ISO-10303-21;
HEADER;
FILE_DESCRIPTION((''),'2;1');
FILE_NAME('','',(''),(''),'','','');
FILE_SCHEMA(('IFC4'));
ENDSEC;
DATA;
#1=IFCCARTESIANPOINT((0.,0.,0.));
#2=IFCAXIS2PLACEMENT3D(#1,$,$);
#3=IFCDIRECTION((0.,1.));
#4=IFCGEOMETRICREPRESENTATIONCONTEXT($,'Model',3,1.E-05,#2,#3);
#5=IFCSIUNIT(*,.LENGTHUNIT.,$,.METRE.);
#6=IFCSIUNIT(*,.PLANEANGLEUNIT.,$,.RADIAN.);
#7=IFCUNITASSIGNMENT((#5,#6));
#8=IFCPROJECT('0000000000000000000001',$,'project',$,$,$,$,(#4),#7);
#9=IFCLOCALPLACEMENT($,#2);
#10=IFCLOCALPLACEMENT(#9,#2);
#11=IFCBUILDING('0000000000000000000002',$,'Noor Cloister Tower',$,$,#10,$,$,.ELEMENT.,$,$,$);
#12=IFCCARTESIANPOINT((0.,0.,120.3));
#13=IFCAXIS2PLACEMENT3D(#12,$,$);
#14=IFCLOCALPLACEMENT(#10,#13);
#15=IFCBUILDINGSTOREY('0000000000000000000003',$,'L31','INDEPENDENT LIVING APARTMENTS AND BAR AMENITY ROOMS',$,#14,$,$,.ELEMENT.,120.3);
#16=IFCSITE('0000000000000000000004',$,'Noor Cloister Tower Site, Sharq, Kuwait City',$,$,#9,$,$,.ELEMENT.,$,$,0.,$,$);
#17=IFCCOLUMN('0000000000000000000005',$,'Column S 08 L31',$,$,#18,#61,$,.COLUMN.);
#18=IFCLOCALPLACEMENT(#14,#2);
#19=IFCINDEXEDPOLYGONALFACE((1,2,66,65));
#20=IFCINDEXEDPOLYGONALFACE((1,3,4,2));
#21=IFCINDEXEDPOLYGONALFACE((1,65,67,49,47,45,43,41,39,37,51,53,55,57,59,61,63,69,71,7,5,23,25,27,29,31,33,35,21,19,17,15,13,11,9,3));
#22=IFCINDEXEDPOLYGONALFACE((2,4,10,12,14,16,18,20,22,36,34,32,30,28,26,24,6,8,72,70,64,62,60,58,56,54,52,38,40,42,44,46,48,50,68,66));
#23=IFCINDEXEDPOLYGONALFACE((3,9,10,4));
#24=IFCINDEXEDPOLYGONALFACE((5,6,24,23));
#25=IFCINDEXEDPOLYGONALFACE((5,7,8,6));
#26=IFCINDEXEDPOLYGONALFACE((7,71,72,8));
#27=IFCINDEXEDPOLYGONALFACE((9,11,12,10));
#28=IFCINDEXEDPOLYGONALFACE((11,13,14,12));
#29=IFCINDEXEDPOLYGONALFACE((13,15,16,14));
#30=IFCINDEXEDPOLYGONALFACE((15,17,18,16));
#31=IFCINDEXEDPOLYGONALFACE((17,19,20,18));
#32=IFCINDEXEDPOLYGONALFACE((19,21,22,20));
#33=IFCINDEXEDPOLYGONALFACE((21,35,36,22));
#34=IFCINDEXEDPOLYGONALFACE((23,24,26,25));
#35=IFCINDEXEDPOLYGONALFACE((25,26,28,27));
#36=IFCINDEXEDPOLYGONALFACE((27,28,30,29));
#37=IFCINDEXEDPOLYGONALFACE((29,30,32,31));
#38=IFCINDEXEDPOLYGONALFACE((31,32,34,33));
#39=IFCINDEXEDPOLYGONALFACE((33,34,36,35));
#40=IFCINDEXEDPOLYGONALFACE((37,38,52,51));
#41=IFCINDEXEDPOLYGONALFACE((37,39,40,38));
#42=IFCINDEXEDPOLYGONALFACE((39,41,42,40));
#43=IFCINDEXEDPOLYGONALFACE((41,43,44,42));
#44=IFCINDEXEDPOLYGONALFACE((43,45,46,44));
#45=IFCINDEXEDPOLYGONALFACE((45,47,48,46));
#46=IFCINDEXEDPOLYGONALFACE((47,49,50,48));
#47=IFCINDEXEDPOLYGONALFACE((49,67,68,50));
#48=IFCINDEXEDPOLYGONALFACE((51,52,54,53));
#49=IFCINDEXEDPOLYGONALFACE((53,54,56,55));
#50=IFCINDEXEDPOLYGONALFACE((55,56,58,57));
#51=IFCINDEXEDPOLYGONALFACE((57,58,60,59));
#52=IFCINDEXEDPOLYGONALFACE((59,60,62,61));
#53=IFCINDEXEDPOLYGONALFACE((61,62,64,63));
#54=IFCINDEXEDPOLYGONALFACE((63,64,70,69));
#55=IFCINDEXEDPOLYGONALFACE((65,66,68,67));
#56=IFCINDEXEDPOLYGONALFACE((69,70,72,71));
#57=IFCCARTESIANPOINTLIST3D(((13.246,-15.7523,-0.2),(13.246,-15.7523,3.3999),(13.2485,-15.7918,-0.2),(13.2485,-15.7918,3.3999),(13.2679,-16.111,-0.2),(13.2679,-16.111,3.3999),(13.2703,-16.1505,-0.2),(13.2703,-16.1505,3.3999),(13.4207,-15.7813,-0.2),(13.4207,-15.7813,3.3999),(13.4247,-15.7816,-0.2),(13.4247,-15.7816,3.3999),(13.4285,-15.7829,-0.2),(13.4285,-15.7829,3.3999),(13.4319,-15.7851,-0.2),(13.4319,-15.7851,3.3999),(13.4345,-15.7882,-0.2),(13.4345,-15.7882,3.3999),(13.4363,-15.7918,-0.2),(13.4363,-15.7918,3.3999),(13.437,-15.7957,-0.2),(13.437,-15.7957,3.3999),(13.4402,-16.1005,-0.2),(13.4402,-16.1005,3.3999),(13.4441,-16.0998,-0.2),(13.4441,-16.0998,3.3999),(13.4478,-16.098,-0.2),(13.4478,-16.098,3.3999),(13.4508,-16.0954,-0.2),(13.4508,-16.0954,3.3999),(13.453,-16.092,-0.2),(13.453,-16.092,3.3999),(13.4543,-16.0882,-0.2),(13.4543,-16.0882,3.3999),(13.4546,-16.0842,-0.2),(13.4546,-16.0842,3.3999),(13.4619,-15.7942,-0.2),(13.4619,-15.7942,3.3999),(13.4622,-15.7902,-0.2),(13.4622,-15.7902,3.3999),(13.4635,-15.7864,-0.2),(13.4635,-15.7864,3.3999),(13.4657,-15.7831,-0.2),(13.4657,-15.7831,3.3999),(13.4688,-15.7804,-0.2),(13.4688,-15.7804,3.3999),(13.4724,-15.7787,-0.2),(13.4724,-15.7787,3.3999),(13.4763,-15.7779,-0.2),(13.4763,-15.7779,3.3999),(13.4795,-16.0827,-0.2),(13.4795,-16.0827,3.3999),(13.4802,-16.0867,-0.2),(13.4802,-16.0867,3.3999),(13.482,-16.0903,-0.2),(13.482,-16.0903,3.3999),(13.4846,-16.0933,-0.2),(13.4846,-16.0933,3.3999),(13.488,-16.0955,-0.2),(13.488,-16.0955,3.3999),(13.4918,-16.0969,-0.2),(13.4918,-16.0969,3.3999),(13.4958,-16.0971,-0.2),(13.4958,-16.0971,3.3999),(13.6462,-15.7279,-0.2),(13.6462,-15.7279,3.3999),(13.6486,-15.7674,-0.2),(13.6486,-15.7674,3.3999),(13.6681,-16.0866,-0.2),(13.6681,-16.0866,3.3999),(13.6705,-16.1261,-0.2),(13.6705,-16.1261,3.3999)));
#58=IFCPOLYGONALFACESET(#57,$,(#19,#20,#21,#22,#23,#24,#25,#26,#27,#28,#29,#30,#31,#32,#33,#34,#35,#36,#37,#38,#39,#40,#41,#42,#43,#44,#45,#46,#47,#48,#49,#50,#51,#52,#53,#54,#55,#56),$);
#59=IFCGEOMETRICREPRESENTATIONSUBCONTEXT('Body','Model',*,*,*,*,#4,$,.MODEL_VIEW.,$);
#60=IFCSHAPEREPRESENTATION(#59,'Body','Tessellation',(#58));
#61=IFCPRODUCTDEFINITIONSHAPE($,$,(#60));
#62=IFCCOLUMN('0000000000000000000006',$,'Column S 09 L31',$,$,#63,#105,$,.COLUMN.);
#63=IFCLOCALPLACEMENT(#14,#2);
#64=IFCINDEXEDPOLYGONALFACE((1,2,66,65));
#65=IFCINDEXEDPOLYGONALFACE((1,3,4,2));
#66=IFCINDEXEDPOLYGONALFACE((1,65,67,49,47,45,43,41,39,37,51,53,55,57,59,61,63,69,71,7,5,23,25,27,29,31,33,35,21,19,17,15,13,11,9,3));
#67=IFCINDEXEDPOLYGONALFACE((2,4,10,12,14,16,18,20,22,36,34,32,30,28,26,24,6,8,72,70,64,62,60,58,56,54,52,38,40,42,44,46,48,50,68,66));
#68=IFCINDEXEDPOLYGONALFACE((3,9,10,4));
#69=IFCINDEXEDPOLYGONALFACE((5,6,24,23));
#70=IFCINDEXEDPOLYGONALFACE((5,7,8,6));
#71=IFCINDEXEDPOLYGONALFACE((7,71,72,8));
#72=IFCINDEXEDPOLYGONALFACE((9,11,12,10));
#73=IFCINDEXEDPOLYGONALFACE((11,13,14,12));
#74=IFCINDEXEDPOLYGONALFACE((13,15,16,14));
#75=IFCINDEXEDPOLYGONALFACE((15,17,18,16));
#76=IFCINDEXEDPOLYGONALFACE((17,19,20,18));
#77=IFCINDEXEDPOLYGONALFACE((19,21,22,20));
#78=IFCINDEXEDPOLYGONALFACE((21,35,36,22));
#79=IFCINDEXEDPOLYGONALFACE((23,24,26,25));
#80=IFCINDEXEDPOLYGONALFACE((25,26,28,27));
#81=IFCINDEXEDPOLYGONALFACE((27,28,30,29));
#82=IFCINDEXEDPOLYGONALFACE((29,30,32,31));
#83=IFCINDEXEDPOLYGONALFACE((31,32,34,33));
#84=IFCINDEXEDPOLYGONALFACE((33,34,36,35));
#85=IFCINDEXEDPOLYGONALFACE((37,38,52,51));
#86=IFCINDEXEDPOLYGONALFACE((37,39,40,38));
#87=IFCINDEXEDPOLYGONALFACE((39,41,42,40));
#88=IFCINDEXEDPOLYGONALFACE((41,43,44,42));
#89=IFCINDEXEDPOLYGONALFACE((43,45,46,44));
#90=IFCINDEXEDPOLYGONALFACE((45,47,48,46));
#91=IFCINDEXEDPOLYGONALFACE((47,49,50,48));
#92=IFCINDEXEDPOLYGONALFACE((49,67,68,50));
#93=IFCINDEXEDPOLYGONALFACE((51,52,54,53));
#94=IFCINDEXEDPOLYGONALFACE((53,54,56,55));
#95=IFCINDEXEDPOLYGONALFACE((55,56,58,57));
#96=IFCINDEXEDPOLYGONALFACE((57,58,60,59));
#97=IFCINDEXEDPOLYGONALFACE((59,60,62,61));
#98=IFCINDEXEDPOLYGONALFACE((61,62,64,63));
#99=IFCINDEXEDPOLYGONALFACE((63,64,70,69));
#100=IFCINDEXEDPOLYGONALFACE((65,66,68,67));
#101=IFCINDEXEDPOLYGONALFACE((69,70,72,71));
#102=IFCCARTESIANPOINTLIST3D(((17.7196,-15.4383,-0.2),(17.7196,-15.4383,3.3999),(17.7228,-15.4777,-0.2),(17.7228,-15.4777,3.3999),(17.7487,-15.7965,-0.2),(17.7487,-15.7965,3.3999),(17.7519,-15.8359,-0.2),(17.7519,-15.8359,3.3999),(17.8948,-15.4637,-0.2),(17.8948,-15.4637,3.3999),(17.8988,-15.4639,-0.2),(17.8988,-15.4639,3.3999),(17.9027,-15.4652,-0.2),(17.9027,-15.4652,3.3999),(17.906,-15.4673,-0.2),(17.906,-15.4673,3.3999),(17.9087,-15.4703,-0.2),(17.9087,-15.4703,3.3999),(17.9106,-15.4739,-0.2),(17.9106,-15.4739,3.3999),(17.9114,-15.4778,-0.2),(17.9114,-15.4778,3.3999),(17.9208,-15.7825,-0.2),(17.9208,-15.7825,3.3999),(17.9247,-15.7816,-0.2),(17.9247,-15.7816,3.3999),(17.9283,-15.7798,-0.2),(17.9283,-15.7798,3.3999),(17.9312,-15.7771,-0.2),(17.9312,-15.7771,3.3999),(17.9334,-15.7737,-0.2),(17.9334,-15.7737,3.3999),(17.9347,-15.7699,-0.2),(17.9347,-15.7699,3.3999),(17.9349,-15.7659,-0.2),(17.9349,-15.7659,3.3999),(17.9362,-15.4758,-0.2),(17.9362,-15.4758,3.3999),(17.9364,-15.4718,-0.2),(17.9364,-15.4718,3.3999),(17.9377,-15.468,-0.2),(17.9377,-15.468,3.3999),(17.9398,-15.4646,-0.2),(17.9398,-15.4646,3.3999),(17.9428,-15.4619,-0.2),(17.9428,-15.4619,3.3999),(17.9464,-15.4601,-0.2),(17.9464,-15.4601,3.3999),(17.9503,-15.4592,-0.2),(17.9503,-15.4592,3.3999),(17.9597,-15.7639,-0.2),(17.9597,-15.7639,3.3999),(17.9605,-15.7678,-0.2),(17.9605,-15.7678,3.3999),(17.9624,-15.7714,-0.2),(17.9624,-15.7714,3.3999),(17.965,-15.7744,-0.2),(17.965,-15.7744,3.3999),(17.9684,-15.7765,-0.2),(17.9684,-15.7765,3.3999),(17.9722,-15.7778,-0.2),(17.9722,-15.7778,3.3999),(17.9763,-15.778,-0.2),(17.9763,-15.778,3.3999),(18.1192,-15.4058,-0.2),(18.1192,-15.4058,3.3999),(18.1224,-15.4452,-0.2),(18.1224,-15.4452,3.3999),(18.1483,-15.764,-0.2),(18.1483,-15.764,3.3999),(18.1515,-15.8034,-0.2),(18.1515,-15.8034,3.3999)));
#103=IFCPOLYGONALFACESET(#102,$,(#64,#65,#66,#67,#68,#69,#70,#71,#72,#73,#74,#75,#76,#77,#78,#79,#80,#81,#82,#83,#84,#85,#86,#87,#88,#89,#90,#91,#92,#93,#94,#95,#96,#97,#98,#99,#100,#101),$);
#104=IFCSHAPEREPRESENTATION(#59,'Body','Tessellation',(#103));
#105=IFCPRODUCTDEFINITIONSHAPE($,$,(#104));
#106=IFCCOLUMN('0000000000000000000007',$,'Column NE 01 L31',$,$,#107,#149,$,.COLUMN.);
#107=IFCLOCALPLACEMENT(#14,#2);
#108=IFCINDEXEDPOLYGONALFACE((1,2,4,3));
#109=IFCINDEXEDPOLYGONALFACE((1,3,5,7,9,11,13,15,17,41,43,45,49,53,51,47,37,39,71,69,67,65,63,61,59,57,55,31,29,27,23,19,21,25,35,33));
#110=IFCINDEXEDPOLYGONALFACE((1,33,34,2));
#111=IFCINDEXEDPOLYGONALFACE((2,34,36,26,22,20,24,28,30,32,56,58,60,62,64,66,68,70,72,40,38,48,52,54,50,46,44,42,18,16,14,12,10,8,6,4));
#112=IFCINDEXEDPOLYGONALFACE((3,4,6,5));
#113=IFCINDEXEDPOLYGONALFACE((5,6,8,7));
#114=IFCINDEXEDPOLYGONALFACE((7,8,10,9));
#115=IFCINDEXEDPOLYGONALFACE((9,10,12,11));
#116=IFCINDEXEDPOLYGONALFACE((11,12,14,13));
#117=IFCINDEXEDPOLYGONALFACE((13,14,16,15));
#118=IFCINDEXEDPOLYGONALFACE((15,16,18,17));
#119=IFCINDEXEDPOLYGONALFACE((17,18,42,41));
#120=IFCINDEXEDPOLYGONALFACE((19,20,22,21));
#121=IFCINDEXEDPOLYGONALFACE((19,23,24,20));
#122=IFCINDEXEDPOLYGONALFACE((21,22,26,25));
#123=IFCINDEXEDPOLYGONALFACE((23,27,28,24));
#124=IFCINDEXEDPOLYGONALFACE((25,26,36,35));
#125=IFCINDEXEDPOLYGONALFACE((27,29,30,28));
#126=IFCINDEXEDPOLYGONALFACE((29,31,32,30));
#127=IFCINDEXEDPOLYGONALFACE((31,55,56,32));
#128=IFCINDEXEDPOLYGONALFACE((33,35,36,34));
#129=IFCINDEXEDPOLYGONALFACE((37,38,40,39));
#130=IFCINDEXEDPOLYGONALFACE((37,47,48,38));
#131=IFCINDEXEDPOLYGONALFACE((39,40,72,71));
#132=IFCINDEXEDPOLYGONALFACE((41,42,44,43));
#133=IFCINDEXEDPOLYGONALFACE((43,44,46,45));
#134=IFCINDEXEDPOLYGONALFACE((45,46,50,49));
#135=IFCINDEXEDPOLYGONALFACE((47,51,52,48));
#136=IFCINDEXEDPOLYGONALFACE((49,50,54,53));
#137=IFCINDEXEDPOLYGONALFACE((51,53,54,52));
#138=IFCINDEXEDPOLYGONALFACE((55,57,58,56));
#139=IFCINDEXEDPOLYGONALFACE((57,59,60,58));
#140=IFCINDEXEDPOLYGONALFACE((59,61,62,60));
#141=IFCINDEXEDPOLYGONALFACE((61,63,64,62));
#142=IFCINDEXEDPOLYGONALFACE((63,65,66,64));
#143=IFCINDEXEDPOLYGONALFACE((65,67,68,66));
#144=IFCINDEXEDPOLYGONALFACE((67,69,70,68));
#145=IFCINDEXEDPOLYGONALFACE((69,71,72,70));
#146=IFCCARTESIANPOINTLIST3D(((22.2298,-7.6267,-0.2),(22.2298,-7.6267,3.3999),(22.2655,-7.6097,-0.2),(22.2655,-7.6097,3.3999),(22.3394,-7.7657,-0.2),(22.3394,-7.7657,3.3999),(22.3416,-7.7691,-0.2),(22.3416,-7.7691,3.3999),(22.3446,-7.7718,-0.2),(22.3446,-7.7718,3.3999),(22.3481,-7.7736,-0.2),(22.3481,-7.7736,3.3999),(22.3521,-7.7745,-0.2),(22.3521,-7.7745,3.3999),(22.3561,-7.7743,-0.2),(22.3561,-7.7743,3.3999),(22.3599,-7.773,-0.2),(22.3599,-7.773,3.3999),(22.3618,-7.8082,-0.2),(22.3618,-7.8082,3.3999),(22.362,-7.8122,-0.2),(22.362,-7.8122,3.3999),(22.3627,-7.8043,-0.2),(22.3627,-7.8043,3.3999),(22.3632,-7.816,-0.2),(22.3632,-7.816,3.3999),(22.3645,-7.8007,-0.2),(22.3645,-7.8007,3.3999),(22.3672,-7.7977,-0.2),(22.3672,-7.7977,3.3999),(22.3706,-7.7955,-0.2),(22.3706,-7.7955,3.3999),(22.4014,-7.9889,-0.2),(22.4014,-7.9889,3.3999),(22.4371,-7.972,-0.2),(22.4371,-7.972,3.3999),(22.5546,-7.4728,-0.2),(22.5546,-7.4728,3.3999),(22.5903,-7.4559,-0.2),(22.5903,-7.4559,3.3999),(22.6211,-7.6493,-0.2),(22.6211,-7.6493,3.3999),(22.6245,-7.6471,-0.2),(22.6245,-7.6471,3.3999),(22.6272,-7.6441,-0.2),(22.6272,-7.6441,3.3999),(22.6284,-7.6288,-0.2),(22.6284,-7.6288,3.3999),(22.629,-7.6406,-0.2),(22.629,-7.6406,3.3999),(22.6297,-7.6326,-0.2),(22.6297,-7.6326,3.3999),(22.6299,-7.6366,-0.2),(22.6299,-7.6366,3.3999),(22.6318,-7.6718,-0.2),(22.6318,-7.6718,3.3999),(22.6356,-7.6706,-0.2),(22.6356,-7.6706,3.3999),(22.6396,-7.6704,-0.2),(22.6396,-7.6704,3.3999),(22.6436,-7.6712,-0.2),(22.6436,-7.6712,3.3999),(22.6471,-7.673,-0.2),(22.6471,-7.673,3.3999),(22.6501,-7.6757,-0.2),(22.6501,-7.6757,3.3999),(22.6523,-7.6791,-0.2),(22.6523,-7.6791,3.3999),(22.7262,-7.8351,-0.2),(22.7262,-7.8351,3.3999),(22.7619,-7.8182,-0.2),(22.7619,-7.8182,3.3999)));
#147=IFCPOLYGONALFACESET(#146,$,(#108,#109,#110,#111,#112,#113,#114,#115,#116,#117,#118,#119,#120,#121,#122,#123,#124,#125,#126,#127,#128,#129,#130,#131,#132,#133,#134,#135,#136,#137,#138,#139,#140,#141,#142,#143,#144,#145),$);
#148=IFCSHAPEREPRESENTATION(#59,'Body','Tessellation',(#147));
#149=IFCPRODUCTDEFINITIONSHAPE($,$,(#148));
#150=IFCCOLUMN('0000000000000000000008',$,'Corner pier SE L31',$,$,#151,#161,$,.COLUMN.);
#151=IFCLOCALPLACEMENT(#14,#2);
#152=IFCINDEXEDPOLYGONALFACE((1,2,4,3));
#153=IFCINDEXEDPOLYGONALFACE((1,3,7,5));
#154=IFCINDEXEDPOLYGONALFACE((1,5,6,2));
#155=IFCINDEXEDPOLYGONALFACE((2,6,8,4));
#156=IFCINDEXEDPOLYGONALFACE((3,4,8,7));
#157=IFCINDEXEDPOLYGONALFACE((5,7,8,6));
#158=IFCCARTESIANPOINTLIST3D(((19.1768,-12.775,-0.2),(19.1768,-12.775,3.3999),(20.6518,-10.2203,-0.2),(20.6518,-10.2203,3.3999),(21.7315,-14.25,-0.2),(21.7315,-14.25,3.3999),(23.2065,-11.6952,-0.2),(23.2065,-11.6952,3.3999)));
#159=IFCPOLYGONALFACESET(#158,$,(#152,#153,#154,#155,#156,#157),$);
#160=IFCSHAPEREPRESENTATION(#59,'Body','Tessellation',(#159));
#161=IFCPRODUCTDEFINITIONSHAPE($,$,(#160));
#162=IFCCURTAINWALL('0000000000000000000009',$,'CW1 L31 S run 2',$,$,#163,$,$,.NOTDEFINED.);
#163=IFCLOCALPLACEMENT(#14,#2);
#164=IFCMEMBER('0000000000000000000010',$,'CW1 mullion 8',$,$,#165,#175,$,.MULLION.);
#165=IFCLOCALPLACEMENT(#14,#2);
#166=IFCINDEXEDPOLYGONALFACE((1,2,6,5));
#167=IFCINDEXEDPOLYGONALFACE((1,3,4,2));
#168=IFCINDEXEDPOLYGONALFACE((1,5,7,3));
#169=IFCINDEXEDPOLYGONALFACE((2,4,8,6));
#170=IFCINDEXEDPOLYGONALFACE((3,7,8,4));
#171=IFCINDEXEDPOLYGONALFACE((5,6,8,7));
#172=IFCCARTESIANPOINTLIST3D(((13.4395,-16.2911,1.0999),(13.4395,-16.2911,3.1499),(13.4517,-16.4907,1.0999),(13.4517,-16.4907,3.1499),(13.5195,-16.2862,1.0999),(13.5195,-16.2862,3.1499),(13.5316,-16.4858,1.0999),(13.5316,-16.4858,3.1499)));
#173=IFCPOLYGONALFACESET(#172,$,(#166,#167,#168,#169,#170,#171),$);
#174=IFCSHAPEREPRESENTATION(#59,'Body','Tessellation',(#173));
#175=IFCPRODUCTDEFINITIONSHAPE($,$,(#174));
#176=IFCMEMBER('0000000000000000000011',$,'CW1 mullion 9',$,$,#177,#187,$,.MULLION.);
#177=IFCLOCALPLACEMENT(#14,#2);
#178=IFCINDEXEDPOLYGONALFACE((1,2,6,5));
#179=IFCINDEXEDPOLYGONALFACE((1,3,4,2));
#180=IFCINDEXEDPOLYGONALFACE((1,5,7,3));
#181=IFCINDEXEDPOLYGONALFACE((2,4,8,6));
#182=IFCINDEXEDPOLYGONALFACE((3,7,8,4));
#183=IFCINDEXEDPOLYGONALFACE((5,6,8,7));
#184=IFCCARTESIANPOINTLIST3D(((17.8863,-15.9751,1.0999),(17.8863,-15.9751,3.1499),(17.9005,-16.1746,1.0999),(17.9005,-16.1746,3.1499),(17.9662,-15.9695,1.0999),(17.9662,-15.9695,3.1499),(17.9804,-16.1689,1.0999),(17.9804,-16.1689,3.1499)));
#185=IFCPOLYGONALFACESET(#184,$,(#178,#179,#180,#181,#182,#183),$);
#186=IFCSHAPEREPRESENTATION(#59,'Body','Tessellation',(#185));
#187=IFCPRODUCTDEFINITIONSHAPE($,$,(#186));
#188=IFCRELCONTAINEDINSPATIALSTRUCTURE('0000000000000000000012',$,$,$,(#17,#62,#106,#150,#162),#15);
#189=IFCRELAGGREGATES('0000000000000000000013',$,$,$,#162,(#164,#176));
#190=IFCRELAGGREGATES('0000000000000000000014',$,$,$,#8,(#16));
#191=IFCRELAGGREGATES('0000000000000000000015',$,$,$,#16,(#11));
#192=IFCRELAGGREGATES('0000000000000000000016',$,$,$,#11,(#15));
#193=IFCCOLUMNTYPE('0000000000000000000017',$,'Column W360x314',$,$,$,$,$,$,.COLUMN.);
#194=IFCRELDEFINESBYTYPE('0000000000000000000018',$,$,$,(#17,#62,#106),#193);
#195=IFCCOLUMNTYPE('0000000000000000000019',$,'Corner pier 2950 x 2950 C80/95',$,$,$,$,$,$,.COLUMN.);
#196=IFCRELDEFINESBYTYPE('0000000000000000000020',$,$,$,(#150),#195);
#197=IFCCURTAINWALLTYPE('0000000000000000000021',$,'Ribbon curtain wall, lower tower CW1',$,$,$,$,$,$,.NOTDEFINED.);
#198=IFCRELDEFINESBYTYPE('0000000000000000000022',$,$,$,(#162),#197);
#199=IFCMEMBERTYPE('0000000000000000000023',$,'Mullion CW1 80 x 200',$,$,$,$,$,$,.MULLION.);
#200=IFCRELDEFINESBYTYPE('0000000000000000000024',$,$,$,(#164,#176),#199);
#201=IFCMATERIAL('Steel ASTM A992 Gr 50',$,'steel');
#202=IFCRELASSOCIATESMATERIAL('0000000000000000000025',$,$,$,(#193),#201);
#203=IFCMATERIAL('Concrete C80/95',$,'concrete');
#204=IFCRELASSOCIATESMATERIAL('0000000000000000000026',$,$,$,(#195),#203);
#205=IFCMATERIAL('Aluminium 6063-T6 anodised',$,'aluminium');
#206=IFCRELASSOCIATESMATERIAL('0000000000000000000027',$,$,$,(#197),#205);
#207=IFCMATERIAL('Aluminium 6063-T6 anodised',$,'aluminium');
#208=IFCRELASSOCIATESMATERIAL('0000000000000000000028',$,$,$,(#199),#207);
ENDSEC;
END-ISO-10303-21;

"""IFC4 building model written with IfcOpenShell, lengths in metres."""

from ifc_helpers import new_model, si_unit, direction, frame, origin, origin_2d, place, context, subcontext, project, spatial, rectangle, i_section, extrude, material, material_profile, profile_set, type_object, element, aggregate, save


model = new_model("IFC4")

# Units and contexts
model_context = context("Model", 3, precision=1e-05, world=origin(), true_north=direction((0.0, 1.0)))
body_context = subcontext(model_context, "Body", "Model", "MODEL_VIEW")
ifc_project = project(units=[si_unit("LENGTHUNIT", "METRE"), si_unit("PLANEANGLEUNIT", "RADIAN")], contexts=[model_context])

# Site, building, storey
site_placement = place(None, origin())
site = spatial("IfcSite", under=ifc_project, at=site_placement, Name="Noor Cloister Tower Site, Sharq, Kuwait City", CompositionType="ELEMENT", RefElevation=0.0)
building_placement = place(site_placement, origin())
building = spatial("IfcBuilding", under=site, at=building_placement, Name="Noor Cloister Tower", CompositionType="ELEMENT")
storey_placement = place(building_placement, frame((0.0, 0.0, 120.3)))
storey = spatial("IfcBuildingStorey", under=building, at=storey_placement, Name="L31", Description="INDEPENDENT LIVING APARTMENTS AND BAR AMENITY ROOMS", CompositionType="ELEMENT", Elevation=120.3)

# Columns
ifc_material_1 = material(Name="Steel ASTM A992 Gr 50", Category="steel")
ifc_material_profile_1 = material_profile(ifc_material_1, i_section(OverallWidth=0.4009, OverallDepth=0.3989, WebThickness=0.0249, FlangeThickness=0.0396, FilletRadius=0.0154, at=origin_2d()), Name="W360x314")
ifc_profile_set_1 = profile_set([ifc_material_profile_1], Name="Steel ASTM A992 Gr 50")
column_type_1 = type_object("IfcColumnType", Name="Column W360x314", PredefinedType="COLUMN", material=ifc_profile_set_1)
for number, where, z_axis, x_axis, name in (
    (1, (13.4583, -15.9392, -0.2), (0.0, 0.0, 1.0), (0.998147, 0.060847, 0.0), "Column S 08 L31"),
    (2, (17.9355, -15.6208, -0.2), (0.0, 0.0, 1.0), (0.996707, 0.08109, 0.0), "Column S 09 L31"),
    (3, (22.4958, -7.7224, -0.2), (0.0, 0.0, 1.0), (-0.428127, 0.903718, 0.0), "Column NE 01 L31"),
):
    element("IfcColumn", number, at=place(storey_placement, frame(where, z_axis=z_axis, x_axis=x_axis)), inside=storey, type_object=column_type_1, Name=name, PredefinedType="COLUMN", context=body_context, shape_type="SweptSolid", body=[
        extrude(i_section(OverallWidth=0.4009, OverallDepth=0.3989, WebThickness=0.0249, FlangeThickness=0.0396, FilletRadius=0.0154, at=origin_2d()), origin(), (0.0, 0.0, 1.0), 3.5999),
    ])
ifc_material_2 = material(Name="Concrete C80/95", Category="concrete")
ifc_material_profile_2 = material_profile(ifc_material_2, rectangle(XDim=2.95, YDim=2.95, at=origin_2d()), Name="RC 2950x2950")
ifc_profile_set_2 = profile_set([ifc_material_profile_2], Name="Concrete C80/95")
column_type_2 = type_object("IfcColumnType", Name="Corner pier 2950 x 2950 C80/95", PredefinedType="COLUMN", material=ifc_profile_set_2)
column_placement = place(storey_placement, frame((21.1917, -12.2351, -0.2), z_axis=(0.0, 0.0, 1.0), x_axis=(0.866025, -0.5, 0.0)))
element("IfcColumn", 4, at=column_placement, inside=storey, type_object=column_type_2, Name="Corner pier SE L31", PredefinedType="COLUMN", context=body_context, shape_type="SweptSolid", body=[
    extrude(rectangle(XDim=2.95, YDim=2.95, at=origin_2d()), origin(), (0.0, 0.0, 1.0), 3.5999),
])

# Curtain wall, members
ifc_material_3 = material(Name="Aluminium 6063-T6 anodised", Category="aluminium")
curtain_wall_type = type_object("IfcCurtainWallType", Name="Ribbon curtain wall, lower tower CW1", PredefinedType="NOTDEFINED", material=ifc_material_3)
curtain_wall_placement = place(storey_placement, origin())
curtain_wall = element("IfcCurtainWall", 5, at=curtain_wall_placement, inside=storey, type_object=curtain_wall_type, Name="CW1 L31 S run 2", PredefinedType="NOTDEFINED")
ifc_material_4 = material(Name="Aluminium 6063-T6 anodised", Category="aluminium")
ifc_material_profile_3 = material_profile(ifc_material_4, rectangle(XDim=0.2, YDim=0.0801, at=origin_2d()), Name="200 x 80 mullion")
ifc_profile_set_3 = profile_set([ifc_material_profile_3], Name="Aluminium 6063-T6 anodised")
member_type = type_object("IfcMemberType", Name="Mullion CW1 80 x 200", PredefinedType="MULLION", material=ifc_profile_set_3)
member_1_placement = place(storey_placement, frame((13.4856, -16.3884, 1.0999), z_axis=(0.0, 0.0, 1.0), x_axis=(-0.060847, 0.998147, 0.0)))
member_1 = element("IfcMember", 6, at=member_1_placement, type_object=member_type, Name="CW1 mullion 8", PredefinedType="MULLION", context=body_context, shape_type="SweptSolid", body=[
    extrude(rectangle(XDim=0.2, YDim=0.0801, at=origin_2d()), origin(), (0.0, 0.0, 1.0), 2.05),
])
member_2_placement = place(storey_placement, frame((17.9333, -16.072, 1.0999), z_axis=(0.0, 0.0, 1.0), x_axis=(-0.070972, 0.997478, 0.0)))
member_2 = element("IfcMember", 7, at=member_2_placement, type_object=member_type, Name="CW1 mullion 9", PredefinedType="MULLION", context=body_context, shape_type="SweptSolid", body=[
    extrude(rectangle(XDim=0.2, YDim=0.0801, at=origin_2d()), origin(), (0.0, 0.0, 1.0), 2.05),
])

aggregate(curtain_wall, [member_1, member_2])

save(model, "model.ifc")
